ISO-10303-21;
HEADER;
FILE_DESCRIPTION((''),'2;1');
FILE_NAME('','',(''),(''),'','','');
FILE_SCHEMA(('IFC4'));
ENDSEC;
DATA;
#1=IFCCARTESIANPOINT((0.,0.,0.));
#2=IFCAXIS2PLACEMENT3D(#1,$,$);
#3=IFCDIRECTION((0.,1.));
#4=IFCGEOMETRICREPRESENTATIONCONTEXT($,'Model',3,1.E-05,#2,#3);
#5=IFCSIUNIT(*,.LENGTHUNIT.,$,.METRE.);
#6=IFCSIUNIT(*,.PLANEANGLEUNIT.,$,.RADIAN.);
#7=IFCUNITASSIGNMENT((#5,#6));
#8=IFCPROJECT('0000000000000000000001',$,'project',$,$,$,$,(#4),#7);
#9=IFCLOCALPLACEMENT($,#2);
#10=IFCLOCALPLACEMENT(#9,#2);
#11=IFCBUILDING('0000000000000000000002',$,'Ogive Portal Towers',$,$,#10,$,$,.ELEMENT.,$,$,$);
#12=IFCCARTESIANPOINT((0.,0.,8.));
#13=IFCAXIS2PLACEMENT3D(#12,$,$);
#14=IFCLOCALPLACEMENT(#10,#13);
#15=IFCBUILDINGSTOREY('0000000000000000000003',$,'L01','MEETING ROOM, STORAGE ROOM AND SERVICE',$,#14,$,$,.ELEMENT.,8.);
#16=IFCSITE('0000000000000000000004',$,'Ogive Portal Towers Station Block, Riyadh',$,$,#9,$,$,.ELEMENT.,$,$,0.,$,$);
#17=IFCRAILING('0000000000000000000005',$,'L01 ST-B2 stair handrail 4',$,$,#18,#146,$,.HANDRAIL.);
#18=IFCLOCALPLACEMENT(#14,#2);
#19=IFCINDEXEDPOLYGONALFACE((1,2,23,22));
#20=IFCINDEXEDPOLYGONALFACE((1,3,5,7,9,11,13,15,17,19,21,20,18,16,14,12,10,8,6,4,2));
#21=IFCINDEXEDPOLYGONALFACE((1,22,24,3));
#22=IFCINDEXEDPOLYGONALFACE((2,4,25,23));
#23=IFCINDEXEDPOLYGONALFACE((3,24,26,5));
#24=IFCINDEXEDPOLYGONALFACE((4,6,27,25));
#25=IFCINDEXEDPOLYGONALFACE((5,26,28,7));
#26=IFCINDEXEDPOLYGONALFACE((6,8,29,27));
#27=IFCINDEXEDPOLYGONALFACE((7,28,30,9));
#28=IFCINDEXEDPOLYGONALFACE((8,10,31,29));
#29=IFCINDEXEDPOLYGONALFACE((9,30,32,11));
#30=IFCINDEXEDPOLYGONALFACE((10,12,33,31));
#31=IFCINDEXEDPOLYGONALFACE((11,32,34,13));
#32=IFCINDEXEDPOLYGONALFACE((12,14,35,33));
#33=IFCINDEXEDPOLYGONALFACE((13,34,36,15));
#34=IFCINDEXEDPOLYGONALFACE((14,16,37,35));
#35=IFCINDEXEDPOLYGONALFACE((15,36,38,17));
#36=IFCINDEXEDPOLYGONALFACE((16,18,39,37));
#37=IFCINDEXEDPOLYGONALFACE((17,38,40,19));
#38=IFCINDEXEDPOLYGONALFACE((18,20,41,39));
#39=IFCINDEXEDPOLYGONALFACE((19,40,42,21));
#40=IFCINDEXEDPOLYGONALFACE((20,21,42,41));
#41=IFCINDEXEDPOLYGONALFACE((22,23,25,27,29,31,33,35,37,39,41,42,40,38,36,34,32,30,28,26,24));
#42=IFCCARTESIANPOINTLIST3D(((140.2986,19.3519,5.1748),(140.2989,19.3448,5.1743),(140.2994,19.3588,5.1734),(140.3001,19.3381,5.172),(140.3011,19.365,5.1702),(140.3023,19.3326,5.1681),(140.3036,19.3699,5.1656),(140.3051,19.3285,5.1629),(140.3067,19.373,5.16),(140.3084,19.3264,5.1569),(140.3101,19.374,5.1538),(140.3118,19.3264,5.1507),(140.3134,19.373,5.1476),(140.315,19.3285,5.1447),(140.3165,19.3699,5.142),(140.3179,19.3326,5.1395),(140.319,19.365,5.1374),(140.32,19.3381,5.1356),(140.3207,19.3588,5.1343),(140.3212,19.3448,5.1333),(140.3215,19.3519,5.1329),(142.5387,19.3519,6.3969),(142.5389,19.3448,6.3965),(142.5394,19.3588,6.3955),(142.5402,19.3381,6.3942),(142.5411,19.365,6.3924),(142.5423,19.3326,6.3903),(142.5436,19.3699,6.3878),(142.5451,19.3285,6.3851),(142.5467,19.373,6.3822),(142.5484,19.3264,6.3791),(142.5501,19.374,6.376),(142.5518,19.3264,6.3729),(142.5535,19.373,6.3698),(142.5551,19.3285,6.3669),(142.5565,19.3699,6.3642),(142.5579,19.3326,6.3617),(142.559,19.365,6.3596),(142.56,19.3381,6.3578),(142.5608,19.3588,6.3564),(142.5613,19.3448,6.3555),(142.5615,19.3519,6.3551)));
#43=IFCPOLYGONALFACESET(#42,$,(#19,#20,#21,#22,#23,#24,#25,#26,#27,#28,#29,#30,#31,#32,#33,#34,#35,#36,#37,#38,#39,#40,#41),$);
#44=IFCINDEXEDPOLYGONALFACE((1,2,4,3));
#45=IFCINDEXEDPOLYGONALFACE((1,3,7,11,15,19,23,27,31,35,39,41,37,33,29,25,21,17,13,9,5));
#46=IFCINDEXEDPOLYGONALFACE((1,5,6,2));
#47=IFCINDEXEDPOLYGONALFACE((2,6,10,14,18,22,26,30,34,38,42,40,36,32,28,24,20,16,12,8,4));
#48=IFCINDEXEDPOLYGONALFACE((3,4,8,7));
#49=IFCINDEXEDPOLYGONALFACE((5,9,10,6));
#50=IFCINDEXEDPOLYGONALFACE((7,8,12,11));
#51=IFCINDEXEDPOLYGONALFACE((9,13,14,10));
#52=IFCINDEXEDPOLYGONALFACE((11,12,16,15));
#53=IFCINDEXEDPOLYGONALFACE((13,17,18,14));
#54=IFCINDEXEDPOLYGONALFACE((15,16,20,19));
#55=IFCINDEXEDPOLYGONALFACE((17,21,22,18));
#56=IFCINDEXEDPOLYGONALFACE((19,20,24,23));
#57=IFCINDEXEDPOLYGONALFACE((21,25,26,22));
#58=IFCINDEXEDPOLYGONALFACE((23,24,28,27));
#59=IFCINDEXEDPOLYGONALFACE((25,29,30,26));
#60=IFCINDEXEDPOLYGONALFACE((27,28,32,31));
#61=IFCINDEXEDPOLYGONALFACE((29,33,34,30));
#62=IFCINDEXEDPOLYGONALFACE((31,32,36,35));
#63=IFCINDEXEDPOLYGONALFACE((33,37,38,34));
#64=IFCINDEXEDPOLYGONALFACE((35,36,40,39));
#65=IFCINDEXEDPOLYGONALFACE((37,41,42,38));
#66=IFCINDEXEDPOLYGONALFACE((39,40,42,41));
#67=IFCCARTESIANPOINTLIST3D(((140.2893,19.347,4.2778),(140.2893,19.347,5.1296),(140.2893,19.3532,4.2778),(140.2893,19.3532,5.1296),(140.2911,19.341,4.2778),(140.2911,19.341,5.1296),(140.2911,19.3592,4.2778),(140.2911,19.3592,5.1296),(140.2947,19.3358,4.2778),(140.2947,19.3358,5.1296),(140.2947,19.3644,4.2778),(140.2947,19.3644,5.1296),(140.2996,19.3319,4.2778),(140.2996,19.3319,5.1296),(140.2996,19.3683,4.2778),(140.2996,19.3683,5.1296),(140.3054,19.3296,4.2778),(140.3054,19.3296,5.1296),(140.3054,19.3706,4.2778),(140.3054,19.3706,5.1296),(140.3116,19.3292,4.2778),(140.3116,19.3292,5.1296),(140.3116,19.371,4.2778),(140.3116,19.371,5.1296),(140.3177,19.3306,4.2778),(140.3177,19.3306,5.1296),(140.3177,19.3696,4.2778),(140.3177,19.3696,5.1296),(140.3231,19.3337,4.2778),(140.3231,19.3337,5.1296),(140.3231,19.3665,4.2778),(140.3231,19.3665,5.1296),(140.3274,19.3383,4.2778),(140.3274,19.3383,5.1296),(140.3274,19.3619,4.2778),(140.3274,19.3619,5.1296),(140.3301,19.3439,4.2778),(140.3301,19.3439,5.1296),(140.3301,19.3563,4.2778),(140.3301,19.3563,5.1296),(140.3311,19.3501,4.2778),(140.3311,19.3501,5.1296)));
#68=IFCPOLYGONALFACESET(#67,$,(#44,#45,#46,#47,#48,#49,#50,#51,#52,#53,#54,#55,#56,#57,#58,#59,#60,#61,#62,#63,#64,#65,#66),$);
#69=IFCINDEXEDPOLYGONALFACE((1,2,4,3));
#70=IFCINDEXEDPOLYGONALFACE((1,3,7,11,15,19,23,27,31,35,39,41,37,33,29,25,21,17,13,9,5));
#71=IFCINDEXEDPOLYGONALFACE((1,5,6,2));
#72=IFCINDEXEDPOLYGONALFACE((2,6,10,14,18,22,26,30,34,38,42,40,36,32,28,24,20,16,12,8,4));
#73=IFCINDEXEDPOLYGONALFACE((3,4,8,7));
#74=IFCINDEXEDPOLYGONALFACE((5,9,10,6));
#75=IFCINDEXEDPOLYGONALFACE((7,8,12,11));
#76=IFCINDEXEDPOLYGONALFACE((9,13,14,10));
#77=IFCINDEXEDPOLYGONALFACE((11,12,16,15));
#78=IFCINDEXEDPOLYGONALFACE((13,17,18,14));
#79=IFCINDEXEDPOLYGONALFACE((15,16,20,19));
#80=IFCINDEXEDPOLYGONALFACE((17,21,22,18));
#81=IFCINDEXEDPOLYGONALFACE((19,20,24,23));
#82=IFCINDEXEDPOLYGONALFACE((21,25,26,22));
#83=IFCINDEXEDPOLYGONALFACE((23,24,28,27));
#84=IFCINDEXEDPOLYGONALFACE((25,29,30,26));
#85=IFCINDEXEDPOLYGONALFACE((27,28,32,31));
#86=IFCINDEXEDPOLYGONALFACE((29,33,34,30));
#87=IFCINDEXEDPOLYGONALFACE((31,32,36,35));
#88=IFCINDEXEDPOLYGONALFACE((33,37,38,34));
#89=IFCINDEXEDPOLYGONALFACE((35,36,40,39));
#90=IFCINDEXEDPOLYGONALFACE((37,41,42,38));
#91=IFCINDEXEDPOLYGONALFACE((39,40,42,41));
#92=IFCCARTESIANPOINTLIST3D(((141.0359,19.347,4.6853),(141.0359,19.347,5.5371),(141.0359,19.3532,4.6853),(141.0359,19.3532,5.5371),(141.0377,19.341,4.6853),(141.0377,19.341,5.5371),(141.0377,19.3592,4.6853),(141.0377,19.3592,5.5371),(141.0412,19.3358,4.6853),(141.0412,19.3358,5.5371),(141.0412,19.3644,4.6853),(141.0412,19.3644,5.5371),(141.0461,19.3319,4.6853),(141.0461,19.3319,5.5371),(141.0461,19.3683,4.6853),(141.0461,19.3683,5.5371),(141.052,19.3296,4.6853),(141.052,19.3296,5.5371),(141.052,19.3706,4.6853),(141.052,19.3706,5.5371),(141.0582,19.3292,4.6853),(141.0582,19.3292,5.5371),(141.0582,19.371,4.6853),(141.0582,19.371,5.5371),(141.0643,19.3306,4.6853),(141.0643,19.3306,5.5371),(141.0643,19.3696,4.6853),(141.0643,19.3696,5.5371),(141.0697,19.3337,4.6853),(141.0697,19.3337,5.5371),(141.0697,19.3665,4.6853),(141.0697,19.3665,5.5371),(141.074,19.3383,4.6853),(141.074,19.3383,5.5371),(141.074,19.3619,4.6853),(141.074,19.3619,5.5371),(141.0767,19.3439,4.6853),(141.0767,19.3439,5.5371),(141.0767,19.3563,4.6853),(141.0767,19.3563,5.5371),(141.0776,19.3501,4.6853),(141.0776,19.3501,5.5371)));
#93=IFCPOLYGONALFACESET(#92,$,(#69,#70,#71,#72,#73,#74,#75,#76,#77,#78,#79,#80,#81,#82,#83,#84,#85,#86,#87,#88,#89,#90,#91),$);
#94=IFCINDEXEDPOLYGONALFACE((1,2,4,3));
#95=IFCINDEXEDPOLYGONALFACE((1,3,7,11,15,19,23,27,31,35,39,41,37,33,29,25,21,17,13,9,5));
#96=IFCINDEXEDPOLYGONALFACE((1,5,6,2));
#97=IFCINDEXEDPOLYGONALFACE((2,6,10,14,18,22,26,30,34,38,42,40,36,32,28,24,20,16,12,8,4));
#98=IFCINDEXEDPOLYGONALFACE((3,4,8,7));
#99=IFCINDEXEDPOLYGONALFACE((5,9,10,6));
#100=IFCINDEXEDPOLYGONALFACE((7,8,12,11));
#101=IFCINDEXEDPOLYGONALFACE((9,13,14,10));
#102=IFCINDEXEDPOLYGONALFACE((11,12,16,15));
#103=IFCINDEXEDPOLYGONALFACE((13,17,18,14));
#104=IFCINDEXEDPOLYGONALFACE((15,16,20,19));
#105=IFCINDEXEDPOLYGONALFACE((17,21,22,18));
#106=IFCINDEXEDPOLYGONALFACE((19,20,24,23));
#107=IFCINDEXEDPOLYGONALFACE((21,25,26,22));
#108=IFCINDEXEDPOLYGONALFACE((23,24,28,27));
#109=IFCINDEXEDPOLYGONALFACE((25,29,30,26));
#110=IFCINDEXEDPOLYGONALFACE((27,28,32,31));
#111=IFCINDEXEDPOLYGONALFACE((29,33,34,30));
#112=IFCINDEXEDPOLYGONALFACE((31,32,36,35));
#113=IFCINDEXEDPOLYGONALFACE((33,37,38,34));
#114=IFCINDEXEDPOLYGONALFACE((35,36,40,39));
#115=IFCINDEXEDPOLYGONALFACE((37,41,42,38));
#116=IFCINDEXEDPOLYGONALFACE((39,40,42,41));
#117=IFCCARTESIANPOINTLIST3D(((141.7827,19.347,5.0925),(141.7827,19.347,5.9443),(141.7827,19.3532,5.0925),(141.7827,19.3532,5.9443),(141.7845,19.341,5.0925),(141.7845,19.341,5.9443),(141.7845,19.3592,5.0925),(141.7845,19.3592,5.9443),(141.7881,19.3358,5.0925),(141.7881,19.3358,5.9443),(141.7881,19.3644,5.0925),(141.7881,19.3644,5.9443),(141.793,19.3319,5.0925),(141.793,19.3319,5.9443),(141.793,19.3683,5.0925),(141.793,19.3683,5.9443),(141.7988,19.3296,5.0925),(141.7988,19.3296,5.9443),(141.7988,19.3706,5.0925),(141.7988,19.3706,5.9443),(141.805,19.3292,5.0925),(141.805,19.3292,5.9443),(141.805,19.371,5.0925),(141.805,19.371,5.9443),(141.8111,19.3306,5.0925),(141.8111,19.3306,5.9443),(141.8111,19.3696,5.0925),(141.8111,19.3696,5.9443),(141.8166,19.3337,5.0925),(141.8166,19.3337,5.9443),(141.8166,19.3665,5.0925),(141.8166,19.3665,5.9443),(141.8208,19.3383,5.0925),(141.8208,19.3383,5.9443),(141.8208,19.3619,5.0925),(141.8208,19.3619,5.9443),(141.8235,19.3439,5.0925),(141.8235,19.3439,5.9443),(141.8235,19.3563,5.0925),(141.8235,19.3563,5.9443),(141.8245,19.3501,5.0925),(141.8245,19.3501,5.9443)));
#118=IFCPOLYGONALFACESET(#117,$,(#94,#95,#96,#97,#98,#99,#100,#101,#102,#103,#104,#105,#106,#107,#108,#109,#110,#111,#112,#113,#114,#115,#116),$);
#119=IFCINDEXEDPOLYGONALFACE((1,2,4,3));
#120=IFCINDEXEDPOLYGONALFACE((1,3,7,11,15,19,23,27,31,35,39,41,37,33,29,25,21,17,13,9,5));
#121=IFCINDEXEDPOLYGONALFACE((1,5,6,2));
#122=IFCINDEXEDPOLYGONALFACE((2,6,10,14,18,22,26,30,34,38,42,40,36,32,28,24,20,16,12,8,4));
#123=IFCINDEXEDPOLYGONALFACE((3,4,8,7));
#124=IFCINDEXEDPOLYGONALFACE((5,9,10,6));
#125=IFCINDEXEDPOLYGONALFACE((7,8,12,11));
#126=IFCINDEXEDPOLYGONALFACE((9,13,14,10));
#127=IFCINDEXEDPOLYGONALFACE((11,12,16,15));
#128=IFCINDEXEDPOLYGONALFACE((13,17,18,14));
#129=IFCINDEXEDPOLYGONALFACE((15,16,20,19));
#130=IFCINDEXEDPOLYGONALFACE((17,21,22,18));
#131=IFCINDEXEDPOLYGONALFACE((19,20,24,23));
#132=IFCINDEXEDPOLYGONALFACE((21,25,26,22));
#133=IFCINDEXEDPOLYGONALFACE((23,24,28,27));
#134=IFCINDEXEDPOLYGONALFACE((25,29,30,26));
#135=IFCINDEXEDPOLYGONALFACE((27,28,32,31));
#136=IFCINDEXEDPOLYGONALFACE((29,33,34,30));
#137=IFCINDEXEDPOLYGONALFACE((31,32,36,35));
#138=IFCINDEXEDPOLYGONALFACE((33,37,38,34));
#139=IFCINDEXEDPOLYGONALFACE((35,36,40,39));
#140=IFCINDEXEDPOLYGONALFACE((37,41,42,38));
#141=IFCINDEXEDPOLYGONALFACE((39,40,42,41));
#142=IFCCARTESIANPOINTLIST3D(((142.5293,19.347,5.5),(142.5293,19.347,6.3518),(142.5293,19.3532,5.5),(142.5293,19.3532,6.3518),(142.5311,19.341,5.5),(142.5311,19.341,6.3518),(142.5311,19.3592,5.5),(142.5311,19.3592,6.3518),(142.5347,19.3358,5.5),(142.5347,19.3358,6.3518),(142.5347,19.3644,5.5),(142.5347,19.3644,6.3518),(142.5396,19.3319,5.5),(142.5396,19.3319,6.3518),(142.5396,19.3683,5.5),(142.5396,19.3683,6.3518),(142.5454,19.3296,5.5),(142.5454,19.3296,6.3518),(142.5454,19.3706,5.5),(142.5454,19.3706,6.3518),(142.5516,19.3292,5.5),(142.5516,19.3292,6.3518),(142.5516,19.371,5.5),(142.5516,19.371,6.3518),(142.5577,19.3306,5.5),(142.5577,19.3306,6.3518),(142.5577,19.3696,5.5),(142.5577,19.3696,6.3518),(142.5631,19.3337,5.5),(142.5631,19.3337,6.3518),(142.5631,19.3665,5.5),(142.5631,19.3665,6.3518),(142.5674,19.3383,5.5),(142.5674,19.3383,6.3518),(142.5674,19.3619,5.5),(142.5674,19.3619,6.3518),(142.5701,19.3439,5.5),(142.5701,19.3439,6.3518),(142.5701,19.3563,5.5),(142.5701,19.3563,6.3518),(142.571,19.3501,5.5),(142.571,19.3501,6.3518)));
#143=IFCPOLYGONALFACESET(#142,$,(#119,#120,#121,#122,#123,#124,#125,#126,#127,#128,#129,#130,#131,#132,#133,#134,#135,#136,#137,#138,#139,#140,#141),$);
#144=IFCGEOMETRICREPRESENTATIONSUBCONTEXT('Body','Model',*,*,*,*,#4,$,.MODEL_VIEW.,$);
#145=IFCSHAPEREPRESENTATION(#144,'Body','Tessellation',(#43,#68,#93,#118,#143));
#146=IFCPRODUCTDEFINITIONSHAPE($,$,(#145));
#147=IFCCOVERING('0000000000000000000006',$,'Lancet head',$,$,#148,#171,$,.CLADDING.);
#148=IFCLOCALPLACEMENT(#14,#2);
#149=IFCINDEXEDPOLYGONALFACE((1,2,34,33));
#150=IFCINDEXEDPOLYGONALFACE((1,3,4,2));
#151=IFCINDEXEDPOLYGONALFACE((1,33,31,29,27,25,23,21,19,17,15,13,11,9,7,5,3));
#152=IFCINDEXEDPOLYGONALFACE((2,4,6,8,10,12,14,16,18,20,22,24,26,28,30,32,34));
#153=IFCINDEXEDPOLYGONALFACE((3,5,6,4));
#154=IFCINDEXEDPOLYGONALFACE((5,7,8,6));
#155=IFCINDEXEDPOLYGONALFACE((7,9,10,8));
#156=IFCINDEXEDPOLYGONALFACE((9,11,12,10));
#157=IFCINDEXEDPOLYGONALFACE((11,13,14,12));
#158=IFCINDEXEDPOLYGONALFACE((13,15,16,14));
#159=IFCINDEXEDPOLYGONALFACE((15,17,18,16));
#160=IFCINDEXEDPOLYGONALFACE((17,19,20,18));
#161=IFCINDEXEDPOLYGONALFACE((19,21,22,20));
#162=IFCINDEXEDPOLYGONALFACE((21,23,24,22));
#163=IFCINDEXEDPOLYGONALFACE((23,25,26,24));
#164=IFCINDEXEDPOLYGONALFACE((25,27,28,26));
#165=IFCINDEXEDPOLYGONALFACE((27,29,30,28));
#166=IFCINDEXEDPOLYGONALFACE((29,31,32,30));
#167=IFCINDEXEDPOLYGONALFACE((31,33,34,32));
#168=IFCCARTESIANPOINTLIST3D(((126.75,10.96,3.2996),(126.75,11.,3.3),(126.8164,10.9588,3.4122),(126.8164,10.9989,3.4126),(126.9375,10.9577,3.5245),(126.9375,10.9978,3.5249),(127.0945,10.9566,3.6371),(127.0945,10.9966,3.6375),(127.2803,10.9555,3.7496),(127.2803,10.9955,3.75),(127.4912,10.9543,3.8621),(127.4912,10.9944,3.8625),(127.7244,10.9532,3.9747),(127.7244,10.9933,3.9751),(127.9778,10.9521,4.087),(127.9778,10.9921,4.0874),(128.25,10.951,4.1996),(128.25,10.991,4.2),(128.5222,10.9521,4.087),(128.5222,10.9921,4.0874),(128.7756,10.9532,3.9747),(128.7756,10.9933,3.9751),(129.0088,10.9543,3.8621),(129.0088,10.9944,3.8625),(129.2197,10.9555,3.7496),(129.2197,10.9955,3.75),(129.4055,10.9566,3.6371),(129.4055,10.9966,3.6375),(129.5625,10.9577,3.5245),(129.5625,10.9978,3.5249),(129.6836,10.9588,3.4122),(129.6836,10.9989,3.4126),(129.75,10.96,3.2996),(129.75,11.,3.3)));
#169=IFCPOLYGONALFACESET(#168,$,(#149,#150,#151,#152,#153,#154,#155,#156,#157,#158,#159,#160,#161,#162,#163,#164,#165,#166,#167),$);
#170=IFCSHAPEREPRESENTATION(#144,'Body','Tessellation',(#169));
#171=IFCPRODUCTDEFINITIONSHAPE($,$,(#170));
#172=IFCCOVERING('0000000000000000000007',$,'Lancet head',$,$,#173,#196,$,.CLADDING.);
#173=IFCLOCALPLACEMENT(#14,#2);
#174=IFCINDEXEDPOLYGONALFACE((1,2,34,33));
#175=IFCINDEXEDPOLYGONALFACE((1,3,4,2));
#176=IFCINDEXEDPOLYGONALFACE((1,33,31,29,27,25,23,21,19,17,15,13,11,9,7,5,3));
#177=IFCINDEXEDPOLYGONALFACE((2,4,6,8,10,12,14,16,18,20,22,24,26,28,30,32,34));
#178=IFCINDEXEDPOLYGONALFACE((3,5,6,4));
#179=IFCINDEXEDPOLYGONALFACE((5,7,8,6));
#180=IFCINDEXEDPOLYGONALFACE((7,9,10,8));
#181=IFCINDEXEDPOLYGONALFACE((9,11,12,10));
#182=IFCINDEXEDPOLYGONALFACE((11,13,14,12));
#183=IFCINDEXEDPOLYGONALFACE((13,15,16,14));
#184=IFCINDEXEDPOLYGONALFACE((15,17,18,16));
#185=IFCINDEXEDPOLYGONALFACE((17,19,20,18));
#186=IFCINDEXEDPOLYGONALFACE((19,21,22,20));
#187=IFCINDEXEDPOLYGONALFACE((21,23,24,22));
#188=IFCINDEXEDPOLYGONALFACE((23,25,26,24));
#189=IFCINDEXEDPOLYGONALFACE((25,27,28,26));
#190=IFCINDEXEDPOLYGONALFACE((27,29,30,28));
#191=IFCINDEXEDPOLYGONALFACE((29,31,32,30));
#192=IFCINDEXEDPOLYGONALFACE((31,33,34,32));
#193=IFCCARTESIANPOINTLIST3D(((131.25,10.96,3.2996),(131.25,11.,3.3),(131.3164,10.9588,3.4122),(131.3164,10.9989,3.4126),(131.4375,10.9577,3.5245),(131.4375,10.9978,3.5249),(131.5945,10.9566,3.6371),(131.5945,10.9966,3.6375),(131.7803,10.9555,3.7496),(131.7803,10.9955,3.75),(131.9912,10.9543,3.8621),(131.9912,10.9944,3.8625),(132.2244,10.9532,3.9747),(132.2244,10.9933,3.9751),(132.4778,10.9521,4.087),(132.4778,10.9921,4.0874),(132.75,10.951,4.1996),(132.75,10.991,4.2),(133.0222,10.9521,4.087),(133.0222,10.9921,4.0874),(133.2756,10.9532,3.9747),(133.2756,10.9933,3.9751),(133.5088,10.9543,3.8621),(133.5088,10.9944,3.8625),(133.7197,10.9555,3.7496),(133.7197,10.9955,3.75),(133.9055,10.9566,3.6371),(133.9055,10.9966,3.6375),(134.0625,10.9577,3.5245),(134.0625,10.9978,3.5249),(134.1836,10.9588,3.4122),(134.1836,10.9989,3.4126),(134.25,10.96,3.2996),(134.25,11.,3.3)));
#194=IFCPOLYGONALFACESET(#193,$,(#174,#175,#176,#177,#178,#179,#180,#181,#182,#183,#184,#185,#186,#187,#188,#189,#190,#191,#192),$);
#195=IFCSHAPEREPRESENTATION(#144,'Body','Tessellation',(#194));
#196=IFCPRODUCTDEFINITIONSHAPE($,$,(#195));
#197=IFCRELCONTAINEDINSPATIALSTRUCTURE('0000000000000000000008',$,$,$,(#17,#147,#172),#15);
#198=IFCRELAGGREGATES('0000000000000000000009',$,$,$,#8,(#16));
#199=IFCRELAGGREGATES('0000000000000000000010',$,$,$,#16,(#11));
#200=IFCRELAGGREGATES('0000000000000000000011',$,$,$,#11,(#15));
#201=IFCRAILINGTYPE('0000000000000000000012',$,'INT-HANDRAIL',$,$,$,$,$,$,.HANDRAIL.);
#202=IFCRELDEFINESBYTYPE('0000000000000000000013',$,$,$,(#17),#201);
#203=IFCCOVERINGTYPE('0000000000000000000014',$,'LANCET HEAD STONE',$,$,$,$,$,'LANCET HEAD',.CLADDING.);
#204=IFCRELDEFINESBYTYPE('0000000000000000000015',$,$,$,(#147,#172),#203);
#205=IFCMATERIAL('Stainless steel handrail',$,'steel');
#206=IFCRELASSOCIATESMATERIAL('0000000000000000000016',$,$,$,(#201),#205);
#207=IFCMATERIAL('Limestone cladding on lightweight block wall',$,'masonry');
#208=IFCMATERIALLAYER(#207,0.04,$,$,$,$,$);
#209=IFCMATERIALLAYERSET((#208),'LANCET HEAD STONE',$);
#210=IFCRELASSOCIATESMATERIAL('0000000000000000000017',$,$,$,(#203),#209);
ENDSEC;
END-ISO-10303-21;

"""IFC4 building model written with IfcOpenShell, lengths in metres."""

from ifc_helpers import new_model, si_unit, direction, frame, origin, origin_2d, place, context, subcontext, project, spatial, polyline, circle, outline, extrude, material, layer, layer_set, type_object, element, save


model = new_model("IFC4")

# Units and contexts
model_context = context("Model", 3, precision=1e-05, world=origin(), true_north=direction((0.0, 1.0)))
body_context = subcontext(model_context, "Body", "Model", "MODEL_VIEW")
ifc_project = project(units=[si_unit("LENGTHUNIT", "METRE"), si_unit("PLANEANGLEUNIT", "RADIAN")], contexts=[model_context])

# Site, building, storey
site_placement = place(None, origin())
site = spatial("IfcSite", under=ifc_project, at=site_placement, Name="Ogive Portal Towers Station Block, Riyadh", CompositionType="ELEMENT", RefElevation=0.0)
building_placement = place(site_placement, origin())
building = spatial("IfcBuilding", under=site, at=building_placement, Name="Ogive Portal Towers", CompositionType="ELEMENT")
storey_placement = place(building_placement, frame((0.0, 0.0, 8.0)))
storey = spatial("IfcBuildingStorey", under=building, at=storey_placement, Name="L01", Description="MEETING ROOM, STORAGE ROOM AND SERVICE", CompositionType="ELEMENT", Elevation=8.0)

# Railing
ifc_material_1 = material(Name="Stainless steel handrail", Category="steel")
railing_type_1 = type_object("IfcRailingType", Name="INT-HANDRAIL", PredefinedType="HANDRAIL", material=ifc_material_1)
for number, where, name in (
    (1, (140.3101, 19.3501, 4.2778), "L01 ST-B2 stair handrail 4"),
):
    element("IfcRailing", number, at=place(storey_placement, frame(where)), inside=storey, type_object=railing_type_1, Name=name, PredefinedType="HANDRAIL", context=body_context, shape_type="SweptSolid", body=[
        extrude(circle(Radius=0.0239, at=origin_2d()), frame((0.0, 0.0, 0.876), z_axis=(0.877837, 0.0, 0.478959), x_axis=(0.0, 1.0, 0.0)), (0.0, 0.0, 1.0), 2.5518),
        extrude(circle(Radius=0.021, at=origin_2d()), origin(), (0.0, 0.0, 1.0), 0.8518),
        extrude(circle(Radius=0.021, at=origin_2d()), frame((0.7466, 0.0, 0.4075)), (0.0, 0.0, 1.0), 0.8518),
        extrude(circle(Radius=0.021, at=origin_2d()), frame((1.4934, 0.0, 0.8147)), (0.0, 0.0, 1.0), 0.8518),
        extrude(circle(Radius=0.021, at=origin_2d()), frame((2.24, 0.0, 1.2222)), (0.0, 0.0, 1.0), 0.8518),
    ])

# Coverings
ifc_material_2 = material(Name="Limestone cladding on lightweight block wall", Category="masonry")
ifc_layer_1 = layer(ifc_material_2, 0.04)
ifc_layer_set_1 = layer_set([ifc_layer_1], Name="LANCET HEAD STONE")
covering_type_1 = type_object("IfcCoveringType", Name="LANCET HEAD STONE", ElementType="LANCET HEAD", PredefinedType="CLADDING", material=ifc_layer_set_1)
for number, where, z_axis, x_axis, name in (
    (2, (126.75, 11.0, 3.3), (0.0, 0.99995, 0.009994), (1.0, 0.0, 0.0), "Lancet head"),
    (3, (131.25, 11.0, 3.3), (0.0, 0.99995, 0.009994), (1.0, 0.0, 0.0), "Lancet head"),
):
    element("IfcCovering", number, at=place(storey_placement, frame(where, z_axis=z_axis, x_axis=x_axis)), inside=storey, type_object=covering_type_1, Name=name, PredefinedType="CLADDING", context=body_context, shape_type="SweptSolid", body=[
        extrude(outline(polyline([(0.0, 0.0), (3.0, 0.0), (2.9336, -0.1126), (2.8125, -0.2249), (2.6555, -0.3374), (2.4697, -0.45), (2.2588, -0.5625), (2.0256, -0.6751), (1.7722, -0.7874), (1.5, -0.8999), (1.2278, -0.7874), (0.9744, -0.6751), (0.7412, -0.5625), (0.5303, -0.45), (0.3445, -0.3374), (0.1875, -0.2249), (0.0664, -0.1126), (0.0, 0.0)])), origin(), (0.0, 0.0, -1.0), 0.04),
    ])

save(model, "model.ifc")
